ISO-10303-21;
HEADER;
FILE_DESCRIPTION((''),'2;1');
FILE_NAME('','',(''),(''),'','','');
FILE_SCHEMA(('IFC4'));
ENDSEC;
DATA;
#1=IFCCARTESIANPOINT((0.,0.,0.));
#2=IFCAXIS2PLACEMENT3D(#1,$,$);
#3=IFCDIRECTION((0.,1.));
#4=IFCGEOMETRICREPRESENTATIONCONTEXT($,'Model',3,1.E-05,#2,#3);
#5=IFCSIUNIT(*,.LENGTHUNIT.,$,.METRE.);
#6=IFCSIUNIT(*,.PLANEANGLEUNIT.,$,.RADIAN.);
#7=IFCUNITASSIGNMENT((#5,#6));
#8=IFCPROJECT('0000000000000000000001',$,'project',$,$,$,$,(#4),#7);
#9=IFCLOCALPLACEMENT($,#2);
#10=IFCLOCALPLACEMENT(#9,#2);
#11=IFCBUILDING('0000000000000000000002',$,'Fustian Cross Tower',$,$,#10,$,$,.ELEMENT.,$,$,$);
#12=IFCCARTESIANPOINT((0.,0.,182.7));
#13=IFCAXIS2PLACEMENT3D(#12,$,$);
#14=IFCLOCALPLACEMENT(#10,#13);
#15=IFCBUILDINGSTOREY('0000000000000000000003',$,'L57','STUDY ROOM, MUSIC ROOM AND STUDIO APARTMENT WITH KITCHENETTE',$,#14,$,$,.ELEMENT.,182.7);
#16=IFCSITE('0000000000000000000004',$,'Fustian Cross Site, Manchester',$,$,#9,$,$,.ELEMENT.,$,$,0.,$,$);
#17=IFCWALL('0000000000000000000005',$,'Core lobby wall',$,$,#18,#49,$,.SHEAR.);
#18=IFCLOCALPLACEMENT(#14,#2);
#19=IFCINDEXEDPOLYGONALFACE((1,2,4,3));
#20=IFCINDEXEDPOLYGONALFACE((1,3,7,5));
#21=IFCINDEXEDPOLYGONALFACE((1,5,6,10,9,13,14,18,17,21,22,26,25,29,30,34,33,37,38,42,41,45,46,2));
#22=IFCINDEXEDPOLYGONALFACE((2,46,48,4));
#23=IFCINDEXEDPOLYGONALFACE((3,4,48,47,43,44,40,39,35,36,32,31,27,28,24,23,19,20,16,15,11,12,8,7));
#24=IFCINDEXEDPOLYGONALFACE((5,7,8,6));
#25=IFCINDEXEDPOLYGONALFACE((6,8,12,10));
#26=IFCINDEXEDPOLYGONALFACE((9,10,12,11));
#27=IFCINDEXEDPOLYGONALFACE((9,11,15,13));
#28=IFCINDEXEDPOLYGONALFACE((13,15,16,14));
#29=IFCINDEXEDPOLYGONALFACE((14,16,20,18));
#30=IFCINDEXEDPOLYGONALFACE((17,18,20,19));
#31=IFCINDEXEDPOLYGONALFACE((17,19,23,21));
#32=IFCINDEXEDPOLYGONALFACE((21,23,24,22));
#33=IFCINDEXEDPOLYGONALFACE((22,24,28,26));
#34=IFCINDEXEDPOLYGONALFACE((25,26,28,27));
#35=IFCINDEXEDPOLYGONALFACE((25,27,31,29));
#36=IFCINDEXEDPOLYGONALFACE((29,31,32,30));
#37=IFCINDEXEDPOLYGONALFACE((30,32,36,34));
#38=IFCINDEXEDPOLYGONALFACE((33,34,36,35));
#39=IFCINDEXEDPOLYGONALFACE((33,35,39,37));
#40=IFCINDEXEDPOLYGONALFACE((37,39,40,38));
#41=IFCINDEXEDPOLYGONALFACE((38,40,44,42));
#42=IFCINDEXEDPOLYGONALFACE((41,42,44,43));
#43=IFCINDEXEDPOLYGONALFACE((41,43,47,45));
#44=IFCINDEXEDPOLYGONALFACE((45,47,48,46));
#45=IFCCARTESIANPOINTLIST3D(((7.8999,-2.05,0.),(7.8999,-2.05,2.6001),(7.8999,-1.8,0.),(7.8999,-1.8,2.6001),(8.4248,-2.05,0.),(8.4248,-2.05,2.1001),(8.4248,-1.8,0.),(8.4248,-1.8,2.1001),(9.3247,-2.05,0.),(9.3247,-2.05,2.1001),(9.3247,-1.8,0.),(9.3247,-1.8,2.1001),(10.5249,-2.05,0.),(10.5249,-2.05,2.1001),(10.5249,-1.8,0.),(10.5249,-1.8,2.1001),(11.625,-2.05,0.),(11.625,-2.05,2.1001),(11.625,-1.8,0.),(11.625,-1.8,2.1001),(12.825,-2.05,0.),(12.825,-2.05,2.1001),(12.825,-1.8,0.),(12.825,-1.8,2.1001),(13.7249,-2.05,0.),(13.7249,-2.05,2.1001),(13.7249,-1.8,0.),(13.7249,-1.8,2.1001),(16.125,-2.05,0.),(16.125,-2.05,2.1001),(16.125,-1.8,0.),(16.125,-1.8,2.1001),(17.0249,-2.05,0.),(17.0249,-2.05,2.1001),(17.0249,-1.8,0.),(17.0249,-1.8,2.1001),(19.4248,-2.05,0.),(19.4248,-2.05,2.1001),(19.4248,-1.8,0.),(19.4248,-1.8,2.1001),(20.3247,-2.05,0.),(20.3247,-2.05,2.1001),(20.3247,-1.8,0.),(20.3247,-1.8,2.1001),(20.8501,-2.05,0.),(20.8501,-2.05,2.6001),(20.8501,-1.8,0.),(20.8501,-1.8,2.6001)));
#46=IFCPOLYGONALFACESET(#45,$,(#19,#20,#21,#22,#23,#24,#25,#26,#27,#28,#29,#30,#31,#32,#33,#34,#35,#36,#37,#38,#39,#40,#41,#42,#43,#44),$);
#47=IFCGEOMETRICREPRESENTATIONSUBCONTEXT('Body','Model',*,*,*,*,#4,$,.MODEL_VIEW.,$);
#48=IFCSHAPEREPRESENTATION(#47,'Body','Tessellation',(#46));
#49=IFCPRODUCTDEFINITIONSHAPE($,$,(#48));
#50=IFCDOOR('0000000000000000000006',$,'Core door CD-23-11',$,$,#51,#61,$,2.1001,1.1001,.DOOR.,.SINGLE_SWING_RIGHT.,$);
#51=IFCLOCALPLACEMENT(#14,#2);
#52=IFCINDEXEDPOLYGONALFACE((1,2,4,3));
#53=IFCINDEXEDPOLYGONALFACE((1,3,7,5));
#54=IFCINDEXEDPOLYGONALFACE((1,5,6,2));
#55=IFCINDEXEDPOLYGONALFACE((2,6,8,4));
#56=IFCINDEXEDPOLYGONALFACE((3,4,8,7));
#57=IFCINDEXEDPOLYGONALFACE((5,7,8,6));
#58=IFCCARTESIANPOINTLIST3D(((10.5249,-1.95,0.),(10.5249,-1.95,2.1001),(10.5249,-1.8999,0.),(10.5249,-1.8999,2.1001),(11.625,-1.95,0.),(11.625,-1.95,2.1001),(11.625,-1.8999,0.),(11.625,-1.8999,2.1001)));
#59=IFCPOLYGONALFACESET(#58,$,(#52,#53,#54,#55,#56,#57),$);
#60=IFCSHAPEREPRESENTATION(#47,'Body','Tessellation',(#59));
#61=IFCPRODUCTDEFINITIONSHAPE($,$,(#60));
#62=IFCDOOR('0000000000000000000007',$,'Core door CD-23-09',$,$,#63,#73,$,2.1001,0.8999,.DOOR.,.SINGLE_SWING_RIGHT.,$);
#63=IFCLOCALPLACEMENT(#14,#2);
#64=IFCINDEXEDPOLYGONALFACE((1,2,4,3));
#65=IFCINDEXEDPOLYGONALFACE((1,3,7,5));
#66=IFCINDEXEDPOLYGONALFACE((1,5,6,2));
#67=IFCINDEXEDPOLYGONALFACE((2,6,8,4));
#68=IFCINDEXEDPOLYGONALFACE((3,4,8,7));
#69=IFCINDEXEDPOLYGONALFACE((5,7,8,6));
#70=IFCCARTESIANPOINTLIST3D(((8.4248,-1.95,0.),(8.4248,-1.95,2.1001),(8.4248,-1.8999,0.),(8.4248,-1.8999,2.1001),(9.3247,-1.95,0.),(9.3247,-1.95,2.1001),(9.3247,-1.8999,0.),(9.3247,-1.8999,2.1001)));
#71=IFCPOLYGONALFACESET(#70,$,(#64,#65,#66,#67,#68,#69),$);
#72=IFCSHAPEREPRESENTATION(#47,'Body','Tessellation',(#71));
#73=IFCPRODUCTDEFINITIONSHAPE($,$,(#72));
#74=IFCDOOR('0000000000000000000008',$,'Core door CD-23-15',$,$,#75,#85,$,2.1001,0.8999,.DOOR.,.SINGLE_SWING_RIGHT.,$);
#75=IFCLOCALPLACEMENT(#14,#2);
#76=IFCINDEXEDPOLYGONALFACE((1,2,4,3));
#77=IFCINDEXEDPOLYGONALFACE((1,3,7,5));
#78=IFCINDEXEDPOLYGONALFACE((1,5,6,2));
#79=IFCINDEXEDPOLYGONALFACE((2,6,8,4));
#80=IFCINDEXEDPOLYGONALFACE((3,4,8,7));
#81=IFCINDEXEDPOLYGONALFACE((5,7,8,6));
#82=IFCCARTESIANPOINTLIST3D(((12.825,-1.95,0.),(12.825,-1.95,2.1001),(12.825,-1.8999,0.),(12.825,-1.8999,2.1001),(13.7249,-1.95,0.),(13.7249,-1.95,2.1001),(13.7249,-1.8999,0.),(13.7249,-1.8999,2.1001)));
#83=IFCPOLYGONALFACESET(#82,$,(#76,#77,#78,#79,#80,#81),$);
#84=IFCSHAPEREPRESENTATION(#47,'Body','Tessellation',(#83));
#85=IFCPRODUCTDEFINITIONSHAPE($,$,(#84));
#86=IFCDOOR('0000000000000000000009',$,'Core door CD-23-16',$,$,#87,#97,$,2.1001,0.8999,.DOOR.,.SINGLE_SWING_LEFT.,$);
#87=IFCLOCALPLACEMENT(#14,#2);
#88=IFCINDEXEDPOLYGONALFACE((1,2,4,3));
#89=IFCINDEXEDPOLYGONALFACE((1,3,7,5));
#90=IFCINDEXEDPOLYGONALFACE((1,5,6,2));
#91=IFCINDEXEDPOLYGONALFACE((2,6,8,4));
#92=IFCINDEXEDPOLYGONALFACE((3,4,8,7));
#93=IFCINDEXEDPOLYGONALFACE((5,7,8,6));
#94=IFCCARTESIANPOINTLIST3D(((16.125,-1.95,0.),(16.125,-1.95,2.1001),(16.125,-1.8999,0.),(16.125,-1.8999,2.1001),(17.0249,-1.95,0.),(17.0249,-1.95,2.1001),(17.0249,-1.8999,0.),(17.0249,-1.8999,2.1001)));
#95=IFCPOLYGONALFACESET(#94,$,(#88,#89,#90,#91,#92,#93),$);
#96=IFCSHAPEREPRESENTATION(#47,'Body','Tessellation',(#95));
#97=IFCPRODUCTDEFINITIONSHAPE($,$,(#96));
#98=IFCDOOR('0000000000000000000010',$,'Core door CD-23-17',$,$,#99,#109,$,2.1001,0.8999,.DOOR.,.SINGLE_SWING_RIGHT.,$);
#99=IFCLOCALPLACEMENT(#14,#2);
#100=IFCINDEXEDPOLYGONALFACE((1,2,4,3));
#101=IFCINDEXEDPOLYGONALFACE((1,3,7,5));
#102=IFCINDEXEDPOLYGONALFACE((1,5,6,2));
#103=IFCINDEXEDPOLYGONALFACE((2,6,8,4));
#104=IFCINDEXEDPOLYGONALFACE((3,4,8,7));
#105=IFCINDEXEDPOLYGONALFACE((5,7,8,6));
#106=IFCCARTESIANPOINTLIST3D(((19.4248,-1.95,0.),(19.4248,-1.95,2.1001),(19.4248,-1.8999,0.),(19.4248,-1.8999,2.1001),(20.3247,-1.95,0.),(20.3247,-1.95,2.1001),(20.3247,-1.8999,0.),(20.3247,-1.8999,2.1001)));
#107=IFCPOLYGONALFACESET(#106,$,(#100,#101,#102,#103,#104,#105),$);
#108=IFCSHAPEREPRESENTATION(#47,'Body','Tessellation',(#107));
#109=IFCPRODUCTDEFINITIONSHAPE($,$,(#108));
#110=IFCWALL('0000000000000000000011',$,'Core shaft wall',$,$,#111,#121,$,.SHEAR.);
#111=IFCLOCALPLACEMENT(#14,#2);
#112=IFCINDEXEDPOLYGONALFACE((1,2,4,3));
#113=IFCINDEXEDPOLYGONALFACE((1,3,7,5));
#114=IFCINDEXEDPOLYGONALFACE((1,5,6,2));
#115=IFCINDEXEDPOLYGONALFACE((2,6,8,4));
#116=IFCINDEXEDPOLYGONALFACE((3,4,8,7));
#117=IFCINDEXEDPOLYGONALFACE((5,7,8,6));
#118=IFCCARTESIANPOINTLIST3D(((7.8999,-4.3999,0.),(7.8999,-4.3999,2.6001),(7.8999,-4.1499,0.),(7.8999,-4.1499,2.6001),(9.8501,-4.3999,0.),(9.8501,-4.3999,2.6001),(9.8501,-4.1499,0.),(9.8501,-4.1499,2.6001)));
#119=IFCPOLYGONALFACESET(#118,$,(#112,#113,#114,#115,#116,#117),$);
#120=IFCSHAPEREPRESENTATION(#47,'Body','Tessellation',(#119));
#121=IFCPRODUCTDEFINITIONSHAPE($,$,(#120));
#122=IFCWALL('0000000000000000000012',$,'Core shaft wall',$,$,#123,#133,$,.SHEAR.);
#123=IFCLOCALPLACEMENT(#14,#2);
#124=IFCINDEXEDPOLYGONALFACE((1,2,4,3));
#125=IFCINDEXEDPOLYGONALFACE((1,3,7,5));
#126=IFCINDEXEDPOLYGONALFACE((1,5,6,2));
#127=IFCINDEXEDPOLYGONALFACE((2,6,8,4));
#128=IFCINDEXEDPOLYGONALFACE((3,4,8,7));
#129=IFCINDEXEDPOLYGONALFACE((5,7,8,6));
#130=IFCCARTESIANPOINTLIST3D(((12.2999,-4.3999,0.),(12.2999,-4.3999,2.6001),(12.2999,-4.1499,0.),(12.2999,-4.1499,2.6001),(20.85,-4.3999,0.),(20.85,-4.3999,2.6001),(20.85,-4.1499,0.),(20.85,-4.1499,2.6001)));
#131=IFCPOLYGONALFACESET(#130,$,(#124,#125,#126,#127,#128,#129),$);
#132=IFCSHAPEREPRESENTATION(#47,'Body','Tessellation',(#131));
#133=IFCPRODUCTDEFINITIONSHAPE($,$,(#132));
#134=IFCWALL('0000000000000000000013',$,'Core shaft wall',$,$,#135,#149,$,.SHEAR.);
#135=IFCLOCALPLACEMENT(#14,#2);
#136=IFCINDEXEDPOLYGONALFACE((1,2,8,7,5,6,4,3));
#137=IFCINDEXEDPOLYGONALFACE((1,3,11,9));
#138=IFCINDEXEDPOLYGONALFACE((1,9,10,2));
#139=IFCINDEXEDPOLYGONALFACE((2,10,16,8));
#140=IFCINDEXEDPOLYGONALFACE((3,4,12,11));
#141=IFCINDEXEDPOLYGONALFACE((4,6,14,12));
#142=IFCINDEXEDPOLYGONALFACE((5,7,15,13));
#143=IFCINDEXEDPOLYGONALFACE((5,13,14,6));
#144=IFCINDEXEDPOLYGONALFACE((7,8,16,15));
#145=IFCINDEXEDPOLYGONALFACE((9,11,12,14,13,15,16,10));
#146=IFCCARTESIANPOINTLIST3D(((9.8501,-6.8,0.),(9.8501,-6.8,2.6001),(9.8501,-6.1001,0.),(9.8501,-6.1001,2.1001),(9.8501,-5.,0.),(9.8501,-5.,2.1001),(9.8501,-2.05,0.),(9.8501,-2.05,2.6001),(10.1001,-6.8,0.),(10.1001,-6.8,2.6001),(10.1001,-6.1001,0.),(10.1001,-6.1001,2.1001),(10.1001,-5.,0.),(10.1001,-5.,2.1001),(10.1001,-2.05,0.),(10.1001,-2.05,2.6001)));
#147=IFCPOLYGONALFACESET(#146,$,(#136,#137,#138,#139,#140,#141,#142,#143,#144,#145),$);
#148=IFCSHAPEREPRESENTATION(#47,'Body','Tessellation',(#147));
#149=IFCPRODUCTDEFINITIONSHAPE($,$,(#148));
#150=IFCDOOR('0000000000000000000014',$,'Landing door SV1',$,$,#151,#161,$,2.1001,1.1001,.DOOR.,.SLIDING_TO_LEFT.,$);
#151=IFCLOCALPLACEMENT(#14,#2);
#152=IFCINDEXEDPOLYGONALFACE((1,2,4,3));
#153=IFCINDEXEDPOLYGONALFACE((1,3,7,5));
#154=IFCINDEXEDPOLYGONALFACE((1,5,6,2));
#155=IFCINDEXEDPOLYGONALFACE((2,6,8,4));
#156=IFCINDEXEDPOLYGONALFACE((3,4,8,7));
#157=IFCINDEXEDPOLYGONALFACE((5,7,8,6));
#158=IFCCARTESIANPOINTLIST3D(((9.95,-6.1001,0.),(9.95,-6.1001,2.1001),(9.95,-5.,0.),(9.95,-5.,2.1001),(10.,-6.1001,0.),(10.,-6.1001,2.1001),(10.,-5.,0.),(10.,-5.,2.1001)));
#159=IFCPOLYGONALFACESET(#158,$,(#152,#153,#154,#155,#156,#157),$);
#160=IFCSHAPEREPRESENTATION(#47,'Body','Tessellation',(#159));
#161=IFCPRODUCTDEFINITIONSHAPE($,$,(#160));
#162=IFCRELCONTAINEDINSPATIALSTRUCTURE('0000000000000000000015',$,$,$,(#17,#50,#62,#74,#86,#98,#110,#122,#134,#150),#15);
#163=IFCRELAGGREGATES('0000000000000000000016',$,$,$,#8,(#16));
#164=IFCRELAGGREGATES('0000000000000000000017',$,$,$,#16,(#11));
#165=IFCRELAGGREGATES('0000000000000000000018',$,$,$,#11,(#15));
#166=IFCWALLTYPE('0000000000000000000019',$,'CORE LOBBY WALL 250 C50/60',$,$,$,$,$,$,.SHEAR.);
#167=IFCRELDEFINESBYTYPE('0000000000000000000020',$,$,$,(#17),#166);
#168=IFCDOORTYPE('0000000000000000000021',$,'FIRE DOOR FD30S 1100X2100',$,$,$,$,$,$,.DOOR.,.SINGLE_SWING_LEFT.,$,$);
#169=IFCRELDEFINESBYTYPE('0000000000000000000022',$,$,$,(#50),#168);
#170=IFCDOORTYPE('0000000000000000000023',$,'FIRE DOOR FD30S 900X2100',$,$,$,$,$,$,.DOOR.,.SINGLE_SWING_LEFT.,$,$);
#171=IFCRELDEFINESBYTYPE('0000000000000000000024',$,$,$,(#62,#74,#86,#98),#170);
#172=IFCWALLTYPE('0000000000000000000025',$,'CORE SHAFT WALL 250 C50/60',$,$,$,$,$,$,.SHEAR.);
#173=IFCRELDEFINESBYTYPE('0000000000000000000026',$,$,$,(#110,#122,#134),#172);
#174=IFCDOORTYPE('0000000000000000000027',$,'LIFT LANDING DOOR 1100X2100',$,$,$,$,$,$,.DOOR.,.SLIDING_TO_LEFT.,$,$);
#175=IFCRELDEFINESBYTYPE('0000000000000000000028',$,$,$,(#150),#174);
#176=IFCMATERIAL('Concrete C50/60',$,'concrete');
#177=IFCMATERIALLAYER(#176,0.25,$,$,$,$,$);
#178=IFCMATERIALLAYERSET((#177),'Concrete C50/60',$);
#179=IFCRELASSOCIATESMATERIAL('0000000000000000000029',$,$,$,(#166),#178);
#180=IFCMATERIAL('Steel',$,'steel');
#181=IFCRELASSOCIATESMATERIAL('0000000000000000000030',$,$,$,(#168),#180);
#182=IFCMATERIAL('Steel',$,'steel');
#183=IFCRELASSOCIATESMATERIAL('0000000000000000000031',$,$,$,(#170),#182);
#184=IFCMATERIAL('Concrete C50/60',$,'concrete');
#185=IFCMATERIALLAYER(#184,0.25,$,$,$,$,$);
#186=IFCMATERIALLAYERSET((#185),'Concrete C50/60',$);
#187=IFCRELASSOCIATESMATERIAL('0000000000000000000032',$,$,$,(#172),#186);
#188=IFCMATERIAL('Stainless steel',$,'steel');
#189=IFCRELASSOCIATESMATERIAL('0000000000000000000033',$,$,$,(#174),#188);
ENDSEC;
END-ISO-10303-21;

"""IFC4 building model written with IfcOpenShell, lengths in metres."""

from ifc_helpers import new_model, si_unit, direction, frame, frame_2d, origin, place, context, subcontext, project, spatial, rectangle, extrude, material, layer, layer_set, type_object, element, fill, save


model = new_model("IFC4")

# Units and contexts
model_context = context("Model", 3, precision=1e-05, world=origin(), true_north=direction((0.0, 1.0)))
body_context = subcontext(model_context, "Body", "Model", "MODEL_VIEW")
ifc_project = project(units=[si_unit("LENGTHUNIT", "METRE"), si_unit("PLANEANGLEUNIT", "RADIAN")], contexts=[model_context])

# Site, building, storey
site_placement = place(None, origin())
site = spatial("IfcSite", under=ifc_project, at=site_placement, Name="Fustian Cross Site, Manchester", CompositionType="ELEMENT", RefElevation=0.0)
building_placement = place(site_placement, origin())
building = spatial("IfcBuilding", under=site, at=building_placement, Name="Fustian Cross Tower", CompositionType="ELEMENT")
storey_placement = place(building_placement, frame((0.0, 0.0, 182.7)))
storey = spatial("IfcBuildingStorey", under=building, at=storey_placement, Name="L57", Description="STUDY ROOM, MUSIC ROOM AND STUDIO APARTMENT WITH KITCHENETTE", CompositionType="ELEMENT", Elevation=182.7)

# Wall, openings, doors
ifc_material_1 = material(Name="Concrete C50/60", Category="concrete")
ifc_layer_1 = layer(ifc_material_1, 0.25)
ifc_layer_set_1 = layer_set([ifc_layer_1], Name="Concrete C50/60")
wall_type_1 = type_object("IfcWallType", Name="CORE LOBBY WALL 250 C50/60", PredefinedType="SHEAR", material=ifc_layer_set_1)
wall_1_placement = place(storey_placement, frame((7.8999, -1.925, 0.0), z_axis=(0.0, 0.0, 1.0), x_axis=(1.0, 0.0, 0.0)))
wall_1 = element("IfcWall", 1, at=wall_1_placement, inside=storey, type_object=wall_type_1, Name="Core lobby wall", PredefinedType="SHEAR", context=body_context, shape_type="SweptSolid", body=[
    extrude(rectangle(XDim=12.9502, YDim=0.25, at=frame_2d((6.4751, 0.0))), origin(), (0.0, 0.0, 1.0), 2.6001),
])
opening_1_placement = place(wall_1_placement, frame((0.5249, 0.0, 0.0)))
opening_1 = element("IfcOpeningElement", 2, at=opening_1_placement, cuts=wall_1, PredefinedType="OPENING", context=body_context, shape_type="SweptSolid", body=[
    extrude(rectangle(XDim=0.8999, YDim=2.1001, at=frame_2d((0.45, 1.05))), frame((0.0, 0.135, 0.0), z_axis=(0.0, -1.0, 0.0), x_axis=(1.0, 0.0, 0.0)), (0.0, 0.0, 1.0), 0.27),
])
opening_2_placement = place(wall_1_placement, frame((2.625, 0.0, 0.0)))
opening_2 = element("IfcOpeningElement", 3, at=opening_2_placement, cuts=wall_1, PredefinedType="OPENING", context=body_context, shape_type="SweptSolid", body=[
    extrude(rectangle(XDim=1.1001, YDim=2.1001, at=frame_2d((0.55, 1.05))), frame((0.0, 0.135, 0.0), z_axis=(0.0, -1.0, 0.0), x_axis=(1.0, 0.0, 0.0)), (0.0, 0.0, 1.0), 0.27),
])
opening_3_placement = place(wall_1_placement, frame((4.925, 0.0, 0.0)))
opening_3 = element("IfcOpeningElement", 4, at=opening_3_placement, cuts=wall_1, PredefinedType="OPENING", context=body_context, shape_type="SweptSolid", body=[
    extrude(rectangle(XDim=0.8999, YDim=2.1001, at=frame_2d((0.45, 1.05))), frame((0.0, 0.135, 0.0), z_axis=(0.0, -1.0, 0.0), x_axis=(1.0, 0.0, 0.0)), (0.0, 0.0, 1.0), 0.27),
])
opening_4_placement = place(wall_1_placement, frame((8.2251, 0.0, 0.0)))
opening_4 = element("IfcOpeningElement", 5, at=opening_4_placement, cuts=wall_1, PredefinedType="OPENING", context=body_context, shape_type="SweptSolid", body=[
    extrude(rectangle(XDim=0.8999, YDim=2.1001, at=frame_2d((0.45, 1.05))), frame((0.0, 0.135, 0.0), z_axis=(0.0, -1.0, 0.0), x_axis=(1.0, 0.0, 0.0)), (0.0, 0.0, 1.0), 0.27),
])
opening_5_placement = place(wall_1_placement, frame((11.5249, 0.0, 0.0)))
opening_5 = element("IfcOpeningElement", 6, at=opening_5_placement, cuts=wall_1, PredefinedType="OPENING", context=body_context, shape_type="SweptSolid", body=[
    extrude(rectangle(XDim=0.8999, YDim=2.1001, at=frame_2d((0.45, 1.05))), frame((0.0, 0.135, 0.0), z_axis=(0.0, -1.0, 0.0), x_axis=(1.0, 0.0, 0.0)), (0.0, 0.0, 1.0), 0.27),
])
ifc_material_2 = material(Name="Steel", Category="steel")
door_type_1 = type_object("IfcDoorType", Name="FIRE DOOR FD30S 1100X2100", OperationType="SINGLE_SWING_LEFT", PredefinedType="DOOR", material=ifc_material_2)
door_1_placement = place(opening_2_placement, frame((1.1001, 0.0, 0.0), z_axis=(0.0, 0.0, 1.0), x_axis=(-1.0, 0.0, 0.0)))
door_1 = element("IfcDoor", 7, at=door_1_placement, inside=storey, type_object=door_type_1, Name="Core door CD-23-11", OperationType="SINGLE_SWING_RIGHT", OverallHeight=2.1001, OverallWidth=1.1001, PredefinedType="DOOR", context=body_context, shape_type="SweptSolid", body=[
    extrude(rectangle(XDim=1.1001, YDim=2.1001, at=frame_2d((0.55, 1.05))), frame((0.0, 0.0249, 0.0), z_axis=(0.0, -1.0, 0.0), x_axis=(1.0, 0.0, 0.0)), (0.0, 0.0, 1.0), 0.05),
])
fill(opening_2, door_1)
ifc_material_3 = material(Name="Steel", Category="steel")
door_type_2 = type_object("IfcDoorType", Name="FIRE DOOR FD30S 900X2100", OperationType="SINGLE_SWING_LEFT", PredefinedType="DOOR", material=ifc_material_3)
door_2_placement = place(opening_1_placement, frame((0.8999, 0.0, 0.0), z_axis=(0.0, 0.0, 1.0), x_axis=(-1.0, 0.0, 0.0)))
door_2 = element("IfcDoor", 8, at=door_2_placement, inside=storey, type_object=door_type_2, Name="Core door CD-23-09", OperationType="SINGLE_SWING_RIGHT", OverallHeight=2.1001, OverallWidth=0.8999, PredefinedType="DOOR", context=body_context, shape_type="SweptSolid", body=[
    extrude(rectangle(XDim=0.8999, YDim=2.1001, at=frame_2d((0.45, 1.05))), frame((0.0, 0.0249, 0.0), z_axis=(0.0, -1.0, 0.0), x_axis=(1.0, 0.0, 0.0)), (0.0, 0.0, 1.0), 0.05),
])
fill(opening_1, door_2)
door_3_placement = place(opening_3_placement, frame((0.8999, 0.0, 0.0), z_axis=(0.0, 0.0, 1.0), x_axis=(-1.0, 0.0, 0.0)))
door_3 = element("IfcDoor", 9, at=door_3_placement, inside=storey, type_object=door_type_2, Name="Core door CD-23-15", OperationType="SINGLE_SWING_RIGHT", OverallHeight=2.1001, OverallWidth=0.8999, PredefinedType="DOOR", context=body_context, shape_type="SweptSolid", body=[
    extrude(rectangle(XDim=0.8999, YDim=2.1001, at=frame_2d((0.45, 1.05))), frame((0.0, 0.0249, 0.0), z_axis=(0.0, -1.0, 0.0), x_axis=(1.0, 0.0, 0.0)), (0.0, 0.0, 1.0), 0.05),
])
fill(opening_3, door_3)
door_4_placement = place(opening_4_placement, frame((0.8999, 0.0, 0.0), z_axis=(0.0, 0.0, 1.0), x_axis=(-1.0, 0.0, 0.0)))
door_4 = element("IfcDoor", 10, at=door_4_placement, inside=storey, type_object=door_type_2, Name="Core door CD-23-16", OperationType="SINGLE_SWING_LEFT", OverallHeight=2.1001, OverallWidth=0.8999, PredefinedType="DOOR", context=body_context, shape_type="SweptSolid", body=[
    extrude(rectangle(XDim=0.8999, YDim=2.1001, at=frame_2d((0.45, 1.05))), frame((0.0, 0.0249, 0.0), z_axis=(0.0, -1.0, 0.0), x_axis=(1.0, 0.0, 0.0)), (0.0, 0.0, 1.0), 0.05),
])
fill(opening_4, door_4)
door_5_placement = place(opening_5_placement, frame((0.8999, 0.0, 0.0), z_axis=(0.0, 0.0, 1.0), x_axis=(-1.0, 0.0, 0.0)))
door_5 = element("IfcDoor", 11, at=door_5_placement, inside=storey, type_object=door_type_2, Name="Core door CD-23-17", OperationType="SINGLE_SWING_RIGHT", OverallHeight=2.1001, OverallWidth=0.8999, PredefinedType="DOOR", context=body_context, shape_type="SweptSolid", body=[
    extrude(rectangle(XDim=0.8999, YDim=2.1001, at=frame_2d((0.45, 1.05))), frame((0.0, 0.0249, 0.0), z_axis=(0.0, -1.0, 0.0), x_axis=(1.0, 0.0, 0.0)), (0.0, 0.0, 1.0), 0.05),
])
fill(opening_5, door_5)

# Walls
ifc_material_4 = material(Name="Concrete C50/60", Category="concrete")
ifc_layer_2 = layer(ifc_material_4, 0.25)
ifc_layer_set_2 = layer_set([ifc_layer_2], Name="Concrete C50/60")
wall_type_2 = type_object("IfcWallType", Name="CORE SHAFT WALL 250 C50/60", PredefinedType="SHEAR", material=ifc_layer_set_2)
wall_2_placement = place(storey_placement, frame((7.8999, -4.2749, 0.0), z_axis=(0.0, 0.0, 1.0), x_axis=(1.0, 0.0, 0.0)))
element("IfcWall", 12, at=wall_2_placement, inside=storey, type_object=wall_type_2, Name="Core shaft wall", PredefinedType="SHEAR", context=body_context, shape_type="SweptSolid", body=[
    extrude(rectangle(XDim=1.9502, YDim=0.25, at=frame_2d((0.9751, 0.0))), origin(), (0.0, 0.0, 1.0), 2.6001),
])
wall_3_placement = place(storey_placement, frame((12.3, -4.2749, 0.0), z_axis=(0.0, 0.0, 1.0), x_axis=(1.0, 0.0, 0.0)))
element("IfcWall", 13, at=wall_3_placement, inside=storey, type_object=wall_type_2, Name="Core shaft wall", PredefinedType="SHEAR", context=body_context, shape_type="SweptSolid", body=[
    extrude(rectangle(XDim=8.55, YDim=0.25, at=frame_2d((4.2749, 0.0))), origin(), (0.0, 0.0, 1.0), 2.6001),
])

# Wall, opening, door
wall_4_placement = place(storey_placement, frame((9.9751, -2.05, 0.0), z_axis=(0.0, 0.0, 1.0), x_axis=(0.0, -1.0, 0.0)))
wall_4 = element("IfcWall", 14, at=wall_4_placement, inside=storey, type_object=wall_type_2, Name="Core shaft wall", PredefinedType="SHEAR", context=body_context, shape_type="SweptSolid", body=[
    extrude(rectangle(XDim=4.75, YDim=0.25, at=frame_2d((2.375, 0.0))), origin(), (0.0, 0.0, 1.0), 2.6001),
])
opening_6_placement = place(wall_4_placement, frame((2.95, 0.0, 0.0)))
opening_6 = element("IfcOpeningElement", 15, at=opening_6_placement, cuts=wall_4, PredefinedType="OPENING", context=body_context, shape_type="SweptSolid", body=[
    extrude(rectangle(XDim=1.1001, YDim=2.1001, at=frame_2d((0.55, 1.05))), frame((0.0, 0.135, 0.0), z_axis=(0.0, -1.0, 0.0), x_axis=(1.0, 0.0, 0.0)), (0.0, 0.0, 1.0), 0.27),
])
ifc_material_5 = material(Name="Stainless steel", Category="steel")
door_type_3 = type_object("IfcDoorType", Name="LIFT LANDING DOOR 1100X2100", OperationType="SLIDING_TO_LEFT", PredefinedType="DOOR", material=ifc_material_5)
door_6_placement = place(opening_6_placement, origin())
door_6 = element("IfcDoor", 16, at=door_6_placement, inside=storey, type_object=door_type_3, Name="Landing door SV1", OperationType="SLIDING_TO_LEFT", OverallHeight=2.1001, OverallWidth=1.1001, PredefinedType="DOOR", context=body_context, shape_type="SweptSolid", body=[
    extrude(rectangle(XDim=1.1001, YDim=2.1001, at=frame_2d((0.55, 1.05))), frame((0.0, 0.0249, 0.0), z_axis=(0.0, -1.0, 0.0), x_axis=(1.0, 0.0, 0.0)), (0.0, 0.0, 1.0), 0.05),
])
fill(opening_6, door_6)

save(model, "model.ifc")
